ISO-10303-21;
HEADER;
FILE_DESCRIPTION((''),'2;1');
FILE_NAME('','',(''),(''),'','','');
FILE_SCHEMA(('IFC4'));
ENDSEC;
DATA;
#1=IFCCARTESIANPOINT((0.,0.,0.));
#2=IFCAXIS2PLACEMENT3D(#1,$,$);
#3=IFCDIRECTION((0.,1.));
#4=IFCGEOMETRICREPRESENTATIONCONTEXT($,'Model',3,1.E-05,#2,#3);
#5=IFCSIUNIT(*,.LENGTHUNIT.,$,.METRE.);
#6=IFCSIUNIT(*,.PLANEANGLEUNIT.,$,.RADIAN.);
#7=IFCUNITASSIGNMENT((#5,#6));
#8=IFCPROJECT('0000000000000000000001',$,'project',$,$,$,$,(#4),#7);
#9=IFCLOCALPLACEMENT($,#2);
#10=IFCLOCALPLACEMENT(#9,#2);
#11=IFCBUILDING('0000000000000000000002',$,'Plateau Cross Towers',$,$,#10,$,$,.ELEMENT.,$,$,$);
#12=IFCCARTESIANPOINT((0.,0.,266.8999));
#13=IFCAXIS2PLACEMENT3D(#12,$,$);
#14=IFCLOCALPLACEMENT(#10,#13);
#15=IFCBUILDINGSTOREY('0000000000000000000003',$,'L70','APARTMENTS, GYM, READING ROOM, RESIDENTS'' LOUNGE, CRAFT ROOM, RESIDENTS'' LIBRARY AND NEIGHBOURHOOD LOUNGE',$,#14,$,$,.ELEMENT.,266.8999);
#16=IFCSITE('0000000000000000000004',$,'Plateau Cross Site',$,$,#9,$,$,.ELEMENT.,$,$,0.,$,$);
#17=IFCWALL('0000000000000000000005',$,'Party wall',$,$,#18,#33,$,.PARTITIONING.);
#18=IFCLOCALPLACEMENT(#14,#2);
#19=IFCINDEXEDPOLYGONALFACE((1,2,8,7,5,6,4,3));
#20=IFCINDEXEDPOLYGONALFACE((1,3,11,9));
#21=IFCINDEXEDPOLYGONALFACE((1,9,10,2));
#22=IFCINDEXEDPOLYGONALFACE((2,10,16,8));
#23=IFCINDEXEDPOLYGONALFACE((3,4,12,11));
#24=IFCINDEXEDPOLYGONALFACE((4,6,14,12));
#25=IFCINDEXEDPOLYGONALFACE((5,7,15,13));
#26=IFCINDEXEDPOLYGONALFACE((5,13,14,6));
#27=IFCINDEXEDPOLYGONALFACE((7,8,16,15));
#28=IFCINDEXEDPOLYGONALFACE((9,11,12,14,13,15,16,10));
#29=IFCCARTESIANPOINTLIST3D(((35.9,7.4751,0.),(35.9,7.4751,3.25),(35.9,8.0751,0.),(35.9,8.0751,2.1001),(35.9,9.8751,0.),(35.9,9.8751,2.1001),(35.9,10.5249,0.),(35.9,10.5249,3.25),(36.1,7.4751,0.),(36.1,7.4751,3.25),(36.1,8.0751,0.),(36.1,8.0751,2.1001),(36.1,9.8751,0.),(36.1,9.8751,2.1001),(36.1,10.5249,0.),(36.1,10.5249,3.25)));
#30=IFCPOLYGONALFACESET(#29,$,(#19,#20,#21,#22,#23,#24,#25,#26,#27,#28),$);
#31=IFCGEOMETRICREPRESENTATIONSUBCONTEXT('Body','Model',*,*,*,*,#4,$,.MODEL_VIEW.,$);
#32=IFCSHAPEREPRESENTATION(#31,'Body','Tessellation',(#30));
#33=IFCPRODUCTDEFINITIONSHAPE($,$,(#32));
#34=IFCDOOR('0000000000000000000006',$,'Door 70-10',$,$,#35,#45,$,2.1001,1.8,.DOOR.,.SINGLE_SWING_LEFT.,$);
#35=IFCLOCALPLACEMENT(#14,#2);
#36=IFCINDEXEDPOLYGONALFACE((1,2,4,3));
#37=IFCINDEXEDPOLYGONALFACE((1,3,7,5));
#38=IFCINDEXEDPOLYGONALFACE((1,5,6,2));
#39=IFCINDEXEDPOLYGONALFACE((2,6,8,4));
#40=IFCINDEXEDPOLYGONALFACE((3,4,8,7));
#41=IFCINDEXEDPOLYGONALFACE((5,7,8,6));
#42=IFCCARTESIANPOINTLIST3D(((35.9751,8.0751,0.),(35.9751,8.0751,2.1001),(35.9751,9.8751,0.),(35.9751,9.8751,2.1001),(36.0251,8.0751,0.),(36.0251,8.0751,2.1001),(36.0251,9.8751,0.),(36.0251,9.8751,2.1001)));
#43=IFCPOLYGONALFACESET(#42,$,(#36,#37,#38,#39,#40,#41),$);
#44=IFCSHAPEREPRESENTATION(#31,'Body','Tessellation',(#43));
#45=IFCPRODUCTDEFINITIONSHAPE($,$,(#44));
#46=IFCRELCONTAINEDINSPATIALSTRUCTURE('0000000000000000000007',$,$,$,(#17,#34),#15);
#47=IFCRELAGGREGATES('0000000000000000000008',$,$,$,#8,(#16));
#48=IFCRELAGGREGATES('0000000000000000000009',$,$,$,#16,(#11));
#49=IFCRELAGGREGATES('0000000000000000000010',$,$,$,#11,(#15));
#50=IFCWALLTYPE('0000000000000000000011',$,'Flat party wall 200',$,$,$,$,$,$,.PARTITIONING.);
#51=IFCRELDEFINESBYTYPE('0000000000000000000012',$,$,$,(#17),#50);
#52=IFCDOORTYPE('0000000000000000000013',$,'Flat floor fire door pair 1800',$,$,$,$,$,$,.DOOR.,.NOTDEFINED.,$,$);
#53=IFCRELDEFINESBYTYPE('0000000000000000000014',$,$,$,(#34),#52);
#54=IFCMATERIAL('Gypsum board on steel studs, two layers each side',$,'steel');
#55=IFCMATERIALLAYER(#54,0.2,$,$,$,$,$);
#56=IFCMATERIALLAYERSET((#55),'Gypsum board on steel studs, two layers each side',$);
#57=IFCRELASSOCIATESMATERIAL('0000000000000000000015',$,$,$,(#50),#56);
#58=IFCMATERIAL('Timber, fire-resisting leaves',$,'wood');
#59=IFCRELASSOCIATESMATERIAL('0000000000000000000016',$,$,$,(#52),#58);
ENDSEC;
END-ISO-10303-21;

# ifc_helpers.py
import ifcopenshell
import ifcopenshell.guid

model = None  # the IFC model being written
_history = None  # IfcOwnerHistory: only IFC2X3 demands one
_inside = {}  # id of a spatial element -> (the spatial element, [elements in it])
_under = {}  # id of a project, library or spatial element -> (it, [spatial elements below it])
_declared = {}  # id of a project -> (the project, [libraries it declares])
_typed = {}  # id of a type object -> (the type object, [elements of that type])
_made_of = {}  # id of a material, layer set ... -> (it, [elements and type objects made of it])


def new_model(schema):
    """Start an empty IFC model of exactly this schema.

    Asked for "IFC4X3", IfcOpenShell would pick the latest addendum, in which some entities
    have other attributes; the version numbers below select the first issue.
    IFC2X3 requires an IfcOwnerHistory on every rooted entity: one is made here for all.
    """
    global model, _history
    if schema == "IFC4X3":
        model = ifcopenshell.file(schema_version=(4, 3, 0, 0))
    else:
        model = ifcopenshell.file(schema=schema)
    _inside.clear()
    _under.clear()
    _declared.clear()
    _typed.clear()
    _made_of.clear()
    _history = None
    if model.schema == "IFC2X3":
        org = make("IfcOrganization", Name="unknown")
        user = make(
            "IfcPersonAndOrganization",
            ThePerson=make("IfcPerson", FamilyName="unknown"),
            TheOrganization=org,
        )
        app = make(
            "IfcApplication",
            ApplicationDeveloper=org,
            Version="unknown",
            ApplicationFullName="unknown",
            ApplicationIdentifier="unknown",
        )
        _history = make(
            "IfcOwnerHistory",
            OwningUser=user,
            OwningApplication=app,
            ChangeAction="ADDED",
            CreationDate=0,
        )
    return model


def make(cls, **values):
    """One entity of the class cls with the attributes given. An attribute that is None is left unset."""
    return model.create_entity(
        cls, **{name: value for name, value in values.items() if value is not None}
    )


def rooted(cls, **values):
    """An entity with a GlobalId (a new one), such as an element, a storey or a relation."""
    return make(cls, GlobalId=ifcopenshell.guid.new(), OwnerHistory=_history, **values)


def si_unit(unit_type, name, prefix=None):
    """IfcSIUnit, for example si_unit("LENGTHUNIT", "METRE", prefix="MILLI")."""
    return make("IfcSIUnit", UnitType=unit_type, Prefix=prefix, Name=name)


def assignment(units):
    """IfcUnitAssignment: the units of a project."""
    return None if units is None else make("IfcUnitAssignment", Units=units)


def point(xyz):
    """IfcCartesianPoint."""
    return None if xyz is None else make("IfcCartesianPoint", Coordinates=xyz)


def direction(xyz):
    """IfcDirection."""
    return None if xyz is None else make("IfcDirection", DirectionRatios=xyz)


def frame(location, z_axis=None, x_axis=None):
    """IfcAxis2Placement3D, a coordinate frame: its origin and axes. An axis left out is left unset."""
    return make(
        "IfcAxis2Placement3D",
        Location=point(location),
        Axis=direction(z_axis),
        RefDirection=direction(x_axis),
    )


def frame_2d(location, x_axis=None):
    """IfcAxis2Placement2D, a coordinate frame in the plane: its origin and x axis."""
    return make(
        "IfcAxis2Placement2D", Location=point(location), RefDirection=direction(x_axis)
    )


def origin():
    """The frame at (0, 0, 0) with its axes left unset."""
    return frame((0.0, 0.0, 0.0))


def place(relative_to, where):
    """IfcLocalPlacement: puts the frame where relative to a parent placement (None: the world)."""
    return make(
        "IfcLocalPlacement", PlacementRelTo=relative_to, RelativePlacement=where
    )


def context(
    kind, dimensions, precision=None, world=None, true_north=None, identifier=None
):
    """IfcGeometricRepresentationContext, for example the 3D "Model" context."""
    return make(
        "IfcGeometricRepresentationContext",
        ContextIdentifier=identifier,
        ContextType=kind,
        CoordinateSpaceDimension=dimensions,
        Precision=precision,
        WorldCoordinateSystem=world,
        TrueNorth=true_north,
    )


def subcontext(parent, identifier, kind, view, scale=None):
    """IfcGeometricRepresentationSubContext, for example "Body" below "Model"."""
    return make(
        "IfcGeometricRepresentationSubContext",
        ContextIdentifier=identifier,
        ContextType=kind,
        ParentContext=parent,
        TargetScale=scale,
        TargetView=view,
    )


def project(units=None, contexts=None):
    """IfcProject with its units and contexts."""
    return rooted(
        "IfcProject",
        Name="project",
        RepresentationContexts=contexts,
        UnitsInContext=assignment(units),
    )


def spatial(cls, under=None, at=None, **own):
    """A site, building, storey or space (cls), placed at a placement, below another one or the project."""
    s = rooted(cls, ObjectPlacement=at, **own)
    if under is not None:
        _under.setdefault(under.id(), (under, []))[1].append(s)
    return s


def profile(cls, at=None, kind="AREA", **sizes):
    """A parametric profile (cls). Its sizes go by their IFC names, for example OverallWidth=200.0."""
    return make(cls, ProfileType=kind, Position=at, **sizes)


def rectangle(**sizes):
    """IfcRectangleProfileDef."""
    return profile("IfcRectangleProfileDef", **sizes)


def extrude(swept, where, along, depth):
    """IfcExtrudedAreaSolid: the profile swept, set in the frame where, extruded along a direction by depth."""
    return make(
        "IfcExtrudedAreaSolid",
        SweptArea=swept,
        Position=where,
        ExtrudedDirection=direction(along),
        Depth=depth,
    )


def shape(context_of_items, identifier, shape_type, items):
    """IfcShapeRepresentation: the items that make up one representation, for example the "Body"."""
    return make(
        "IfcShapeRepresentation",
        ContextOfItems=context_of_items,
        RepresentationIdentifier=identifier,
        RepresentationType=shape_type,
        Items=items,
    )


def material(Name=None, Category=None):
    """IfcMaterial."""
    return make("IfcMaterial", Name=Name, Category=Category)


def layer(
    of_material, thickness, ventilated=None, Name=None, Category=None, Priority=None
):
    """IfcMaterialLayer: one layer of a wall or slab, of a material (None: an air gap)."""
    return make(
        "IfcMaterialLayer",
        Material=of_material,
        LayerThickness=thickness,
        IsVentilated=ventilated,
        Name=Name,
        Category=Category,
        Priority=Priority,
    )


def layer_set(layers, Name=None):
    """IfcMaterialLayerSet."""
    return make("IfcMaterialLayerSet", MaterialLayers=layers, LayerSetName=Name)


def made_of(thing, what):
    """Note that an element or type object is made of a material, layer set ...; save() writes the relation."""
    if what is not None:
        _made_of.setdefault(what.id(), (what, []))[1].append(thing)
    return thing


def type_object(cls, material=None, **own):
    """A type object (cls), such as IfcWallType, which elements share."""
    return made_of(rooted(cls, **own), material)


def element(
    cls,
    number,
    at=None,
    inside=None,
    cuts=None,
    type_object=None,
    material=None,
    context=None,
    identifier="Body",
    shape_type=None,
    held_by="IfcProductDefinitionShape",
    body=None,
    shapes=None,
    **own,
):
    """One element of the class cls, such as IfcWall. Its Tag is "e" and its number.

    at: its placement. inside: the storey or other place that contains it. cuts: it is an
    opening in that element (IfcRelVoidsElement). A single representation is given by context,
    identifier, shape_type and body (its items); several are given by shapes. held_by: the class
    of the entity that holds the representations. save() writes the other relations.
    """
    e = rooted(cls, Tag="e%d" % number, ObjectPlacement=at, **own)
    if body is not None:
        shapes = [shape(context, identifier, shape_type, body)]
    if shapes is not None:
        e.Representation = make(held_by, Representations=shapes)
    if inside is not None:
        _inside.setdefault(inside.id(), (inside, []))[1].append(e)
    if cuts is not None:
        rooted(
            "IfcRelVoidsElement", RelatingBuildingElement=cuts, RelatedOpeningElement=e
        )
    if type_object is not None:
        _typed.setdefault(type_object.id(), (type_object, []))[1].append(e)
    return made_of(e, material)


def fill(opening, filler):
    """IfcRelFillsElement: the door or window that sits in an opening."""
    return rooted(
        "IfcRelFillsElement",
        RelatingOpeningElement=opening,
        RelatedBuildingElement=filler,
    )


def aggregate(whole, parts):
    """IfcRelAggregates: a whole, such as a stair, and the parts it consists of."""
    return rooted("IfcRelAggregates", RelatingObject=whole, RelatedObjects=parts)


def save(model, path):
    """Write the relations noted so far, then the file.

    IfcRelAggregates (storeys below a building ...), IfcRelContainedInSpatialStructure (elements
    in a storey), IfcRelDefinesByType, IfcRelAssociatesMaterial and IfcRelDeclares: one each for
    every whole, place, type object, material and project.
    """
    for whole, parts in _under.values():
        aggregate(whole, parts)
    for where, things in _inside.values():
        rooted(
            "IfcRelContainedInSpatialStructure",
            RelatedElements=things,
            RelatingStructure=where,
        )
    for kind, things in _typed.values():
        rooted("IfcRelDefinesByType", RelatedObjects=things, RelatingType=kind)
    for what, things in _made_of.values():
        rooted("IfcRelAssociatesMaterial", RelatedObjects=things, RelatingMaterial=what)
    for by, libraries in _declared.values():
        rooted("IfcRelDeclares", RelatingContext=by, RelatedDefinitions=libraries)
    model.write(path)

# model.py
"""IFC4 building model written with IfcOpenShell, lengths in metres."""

from ifc_helpers import new_model, si_unit, direction, frame, frame_2d, origin, place, context, subcontext, project, spatial, rectangle, extrude, material, layer, layer_set, type_object, element, fill, save


model = new_model("IFC4")

# Units and contexts
model_context = context("Model", 3, precision=1e-05, world=origin(), true_north=direction((0.0, 1.0)))
body_context = subcontext(model_context, "Body", "Model", "MODEL_VIEW")
ifc_project = project(units=[si_unit("LENGTHUNIT", "METRE"), si_unit("PLANEANGLEUNIT", "RADIAN")], contexts=[model_context])

# Site, building, storey
site_placement = place(None, origin())
site = spatial("IfcSite", under=ifc_project, at=site_placement, Name="Plateau Cross Site", CompositionType="ELEMENT", RefElevation=0.0)
building_placement = place(site_placement, origin())
building = spatial("IfcBuilding", under=site, at=building_placement, Name="Plateau Cross Towers", CompositionType="ELEMENT")
storey_placement = place(building_placement, frame((0.0, 0.0, 266.8999)))
storey = spatial("IfcBuildingStorey", under=building, at=storey_placement, Name="L70", Description="APARTMENTS, GYM, READING ROOM, RESIDENTS' LOUNGE, CRAFT ROOM, RESIDENTS' LIBRARY AND NEIGHBOURHOOD LOUNGE", CompositionType="ELEMENT", Elevation=266.8999)

# Shared definitions
ifc_material_1 = material(Name="Gypsum board on steel studs, two layers each side", Category="steel")
ifc_layer_1 = layer(ifc_material_1, 0.2)
ifc_layer_set_1 = layer_set([ifc_layer_1], Name="Gypsum board on steel studs, two layers each side")
wall_type_1 = type_object("IfcWallType", Name="Flat party wall 200", PredefinedType="PARTITIONING", material=ifc_layer_set_1)

# Wall, opening, door
wall_1_placement = place(storey_placement, frame((36.0, 7.4751, 0.0), z_axis=(0.0, 0.0, 1.0), x_axis=(0.0, 1.0, 0.0)))
wall_1 = element("IfcWall", 1, at=wall_1_placement, inside=storey, type_object=wall_type_1, Name="Party wall", PredefinedType="PARTITIONING", context=body_context, shape_type="SweptSolid", body=[
    extrude(rectangle(XDim=3.0498, YDim=0.2, at=frame_2d((1.5249, 0.0))), origin(), (0.0, 0.0, 1.0), 3.25),
])
opening_1_placement = place(wall_1_placement, frame((0.6001, 0.0, 0.0)))
opening_1 = element("IfcOpeningElement", 2, at=opening_1_placement, cuts=wall_1, PredefinedType="OPENING", context=body_context, shape_type="SweptSolid", body=[
    extrude(rectangle(XDim=1.8, YDim=2.1001, at=frame_2d((0.8999, 1.05))), frame((0.0, 0.1099, 0.0), z_axis=(0.0, -1.0, 0.0), x_axis=(1.0, 0.0, 0.0)), (0.0, 0.0, 1.0), 0.22),
])
ifc_material_2 = material(Name="Timber, fire-resisting leaves", Category="wood")
door_type_1 = type_object("IfcDoorType", Name="Flat floor fire door pair 1800", OperationType="NOTDEFINED", PredefinedType="DOOR", material=ifc_material_2)
door_1_placement = place(opening_1_placement, origin())
door_1 = element("IfcDoor", 3, at=door_1_placement, inside=storey, type_object=door_type_1, Name="Door 70-10", OperationType="SINGLE_SWING_LEFT", OverallHeight=2.1001, OverallWidth=1.8, PredefinedType="DOOR", context=body_context, shape_type="SweptSolid", body=[
    extrude(rectangle(XDim=1.8, YDim=2.1001, at=frame_2d((0.8999, 1.05))), frame((0.0, 0.0249, 0.0), z_axis=(0.0, -1.0, 0.0), x_axis=(1.0, 0.0, 0.0)), (0.0, 0.0, 1.0), 0.05),
])
fill(opening_1, door_1)

save(model, "model.ifc")
